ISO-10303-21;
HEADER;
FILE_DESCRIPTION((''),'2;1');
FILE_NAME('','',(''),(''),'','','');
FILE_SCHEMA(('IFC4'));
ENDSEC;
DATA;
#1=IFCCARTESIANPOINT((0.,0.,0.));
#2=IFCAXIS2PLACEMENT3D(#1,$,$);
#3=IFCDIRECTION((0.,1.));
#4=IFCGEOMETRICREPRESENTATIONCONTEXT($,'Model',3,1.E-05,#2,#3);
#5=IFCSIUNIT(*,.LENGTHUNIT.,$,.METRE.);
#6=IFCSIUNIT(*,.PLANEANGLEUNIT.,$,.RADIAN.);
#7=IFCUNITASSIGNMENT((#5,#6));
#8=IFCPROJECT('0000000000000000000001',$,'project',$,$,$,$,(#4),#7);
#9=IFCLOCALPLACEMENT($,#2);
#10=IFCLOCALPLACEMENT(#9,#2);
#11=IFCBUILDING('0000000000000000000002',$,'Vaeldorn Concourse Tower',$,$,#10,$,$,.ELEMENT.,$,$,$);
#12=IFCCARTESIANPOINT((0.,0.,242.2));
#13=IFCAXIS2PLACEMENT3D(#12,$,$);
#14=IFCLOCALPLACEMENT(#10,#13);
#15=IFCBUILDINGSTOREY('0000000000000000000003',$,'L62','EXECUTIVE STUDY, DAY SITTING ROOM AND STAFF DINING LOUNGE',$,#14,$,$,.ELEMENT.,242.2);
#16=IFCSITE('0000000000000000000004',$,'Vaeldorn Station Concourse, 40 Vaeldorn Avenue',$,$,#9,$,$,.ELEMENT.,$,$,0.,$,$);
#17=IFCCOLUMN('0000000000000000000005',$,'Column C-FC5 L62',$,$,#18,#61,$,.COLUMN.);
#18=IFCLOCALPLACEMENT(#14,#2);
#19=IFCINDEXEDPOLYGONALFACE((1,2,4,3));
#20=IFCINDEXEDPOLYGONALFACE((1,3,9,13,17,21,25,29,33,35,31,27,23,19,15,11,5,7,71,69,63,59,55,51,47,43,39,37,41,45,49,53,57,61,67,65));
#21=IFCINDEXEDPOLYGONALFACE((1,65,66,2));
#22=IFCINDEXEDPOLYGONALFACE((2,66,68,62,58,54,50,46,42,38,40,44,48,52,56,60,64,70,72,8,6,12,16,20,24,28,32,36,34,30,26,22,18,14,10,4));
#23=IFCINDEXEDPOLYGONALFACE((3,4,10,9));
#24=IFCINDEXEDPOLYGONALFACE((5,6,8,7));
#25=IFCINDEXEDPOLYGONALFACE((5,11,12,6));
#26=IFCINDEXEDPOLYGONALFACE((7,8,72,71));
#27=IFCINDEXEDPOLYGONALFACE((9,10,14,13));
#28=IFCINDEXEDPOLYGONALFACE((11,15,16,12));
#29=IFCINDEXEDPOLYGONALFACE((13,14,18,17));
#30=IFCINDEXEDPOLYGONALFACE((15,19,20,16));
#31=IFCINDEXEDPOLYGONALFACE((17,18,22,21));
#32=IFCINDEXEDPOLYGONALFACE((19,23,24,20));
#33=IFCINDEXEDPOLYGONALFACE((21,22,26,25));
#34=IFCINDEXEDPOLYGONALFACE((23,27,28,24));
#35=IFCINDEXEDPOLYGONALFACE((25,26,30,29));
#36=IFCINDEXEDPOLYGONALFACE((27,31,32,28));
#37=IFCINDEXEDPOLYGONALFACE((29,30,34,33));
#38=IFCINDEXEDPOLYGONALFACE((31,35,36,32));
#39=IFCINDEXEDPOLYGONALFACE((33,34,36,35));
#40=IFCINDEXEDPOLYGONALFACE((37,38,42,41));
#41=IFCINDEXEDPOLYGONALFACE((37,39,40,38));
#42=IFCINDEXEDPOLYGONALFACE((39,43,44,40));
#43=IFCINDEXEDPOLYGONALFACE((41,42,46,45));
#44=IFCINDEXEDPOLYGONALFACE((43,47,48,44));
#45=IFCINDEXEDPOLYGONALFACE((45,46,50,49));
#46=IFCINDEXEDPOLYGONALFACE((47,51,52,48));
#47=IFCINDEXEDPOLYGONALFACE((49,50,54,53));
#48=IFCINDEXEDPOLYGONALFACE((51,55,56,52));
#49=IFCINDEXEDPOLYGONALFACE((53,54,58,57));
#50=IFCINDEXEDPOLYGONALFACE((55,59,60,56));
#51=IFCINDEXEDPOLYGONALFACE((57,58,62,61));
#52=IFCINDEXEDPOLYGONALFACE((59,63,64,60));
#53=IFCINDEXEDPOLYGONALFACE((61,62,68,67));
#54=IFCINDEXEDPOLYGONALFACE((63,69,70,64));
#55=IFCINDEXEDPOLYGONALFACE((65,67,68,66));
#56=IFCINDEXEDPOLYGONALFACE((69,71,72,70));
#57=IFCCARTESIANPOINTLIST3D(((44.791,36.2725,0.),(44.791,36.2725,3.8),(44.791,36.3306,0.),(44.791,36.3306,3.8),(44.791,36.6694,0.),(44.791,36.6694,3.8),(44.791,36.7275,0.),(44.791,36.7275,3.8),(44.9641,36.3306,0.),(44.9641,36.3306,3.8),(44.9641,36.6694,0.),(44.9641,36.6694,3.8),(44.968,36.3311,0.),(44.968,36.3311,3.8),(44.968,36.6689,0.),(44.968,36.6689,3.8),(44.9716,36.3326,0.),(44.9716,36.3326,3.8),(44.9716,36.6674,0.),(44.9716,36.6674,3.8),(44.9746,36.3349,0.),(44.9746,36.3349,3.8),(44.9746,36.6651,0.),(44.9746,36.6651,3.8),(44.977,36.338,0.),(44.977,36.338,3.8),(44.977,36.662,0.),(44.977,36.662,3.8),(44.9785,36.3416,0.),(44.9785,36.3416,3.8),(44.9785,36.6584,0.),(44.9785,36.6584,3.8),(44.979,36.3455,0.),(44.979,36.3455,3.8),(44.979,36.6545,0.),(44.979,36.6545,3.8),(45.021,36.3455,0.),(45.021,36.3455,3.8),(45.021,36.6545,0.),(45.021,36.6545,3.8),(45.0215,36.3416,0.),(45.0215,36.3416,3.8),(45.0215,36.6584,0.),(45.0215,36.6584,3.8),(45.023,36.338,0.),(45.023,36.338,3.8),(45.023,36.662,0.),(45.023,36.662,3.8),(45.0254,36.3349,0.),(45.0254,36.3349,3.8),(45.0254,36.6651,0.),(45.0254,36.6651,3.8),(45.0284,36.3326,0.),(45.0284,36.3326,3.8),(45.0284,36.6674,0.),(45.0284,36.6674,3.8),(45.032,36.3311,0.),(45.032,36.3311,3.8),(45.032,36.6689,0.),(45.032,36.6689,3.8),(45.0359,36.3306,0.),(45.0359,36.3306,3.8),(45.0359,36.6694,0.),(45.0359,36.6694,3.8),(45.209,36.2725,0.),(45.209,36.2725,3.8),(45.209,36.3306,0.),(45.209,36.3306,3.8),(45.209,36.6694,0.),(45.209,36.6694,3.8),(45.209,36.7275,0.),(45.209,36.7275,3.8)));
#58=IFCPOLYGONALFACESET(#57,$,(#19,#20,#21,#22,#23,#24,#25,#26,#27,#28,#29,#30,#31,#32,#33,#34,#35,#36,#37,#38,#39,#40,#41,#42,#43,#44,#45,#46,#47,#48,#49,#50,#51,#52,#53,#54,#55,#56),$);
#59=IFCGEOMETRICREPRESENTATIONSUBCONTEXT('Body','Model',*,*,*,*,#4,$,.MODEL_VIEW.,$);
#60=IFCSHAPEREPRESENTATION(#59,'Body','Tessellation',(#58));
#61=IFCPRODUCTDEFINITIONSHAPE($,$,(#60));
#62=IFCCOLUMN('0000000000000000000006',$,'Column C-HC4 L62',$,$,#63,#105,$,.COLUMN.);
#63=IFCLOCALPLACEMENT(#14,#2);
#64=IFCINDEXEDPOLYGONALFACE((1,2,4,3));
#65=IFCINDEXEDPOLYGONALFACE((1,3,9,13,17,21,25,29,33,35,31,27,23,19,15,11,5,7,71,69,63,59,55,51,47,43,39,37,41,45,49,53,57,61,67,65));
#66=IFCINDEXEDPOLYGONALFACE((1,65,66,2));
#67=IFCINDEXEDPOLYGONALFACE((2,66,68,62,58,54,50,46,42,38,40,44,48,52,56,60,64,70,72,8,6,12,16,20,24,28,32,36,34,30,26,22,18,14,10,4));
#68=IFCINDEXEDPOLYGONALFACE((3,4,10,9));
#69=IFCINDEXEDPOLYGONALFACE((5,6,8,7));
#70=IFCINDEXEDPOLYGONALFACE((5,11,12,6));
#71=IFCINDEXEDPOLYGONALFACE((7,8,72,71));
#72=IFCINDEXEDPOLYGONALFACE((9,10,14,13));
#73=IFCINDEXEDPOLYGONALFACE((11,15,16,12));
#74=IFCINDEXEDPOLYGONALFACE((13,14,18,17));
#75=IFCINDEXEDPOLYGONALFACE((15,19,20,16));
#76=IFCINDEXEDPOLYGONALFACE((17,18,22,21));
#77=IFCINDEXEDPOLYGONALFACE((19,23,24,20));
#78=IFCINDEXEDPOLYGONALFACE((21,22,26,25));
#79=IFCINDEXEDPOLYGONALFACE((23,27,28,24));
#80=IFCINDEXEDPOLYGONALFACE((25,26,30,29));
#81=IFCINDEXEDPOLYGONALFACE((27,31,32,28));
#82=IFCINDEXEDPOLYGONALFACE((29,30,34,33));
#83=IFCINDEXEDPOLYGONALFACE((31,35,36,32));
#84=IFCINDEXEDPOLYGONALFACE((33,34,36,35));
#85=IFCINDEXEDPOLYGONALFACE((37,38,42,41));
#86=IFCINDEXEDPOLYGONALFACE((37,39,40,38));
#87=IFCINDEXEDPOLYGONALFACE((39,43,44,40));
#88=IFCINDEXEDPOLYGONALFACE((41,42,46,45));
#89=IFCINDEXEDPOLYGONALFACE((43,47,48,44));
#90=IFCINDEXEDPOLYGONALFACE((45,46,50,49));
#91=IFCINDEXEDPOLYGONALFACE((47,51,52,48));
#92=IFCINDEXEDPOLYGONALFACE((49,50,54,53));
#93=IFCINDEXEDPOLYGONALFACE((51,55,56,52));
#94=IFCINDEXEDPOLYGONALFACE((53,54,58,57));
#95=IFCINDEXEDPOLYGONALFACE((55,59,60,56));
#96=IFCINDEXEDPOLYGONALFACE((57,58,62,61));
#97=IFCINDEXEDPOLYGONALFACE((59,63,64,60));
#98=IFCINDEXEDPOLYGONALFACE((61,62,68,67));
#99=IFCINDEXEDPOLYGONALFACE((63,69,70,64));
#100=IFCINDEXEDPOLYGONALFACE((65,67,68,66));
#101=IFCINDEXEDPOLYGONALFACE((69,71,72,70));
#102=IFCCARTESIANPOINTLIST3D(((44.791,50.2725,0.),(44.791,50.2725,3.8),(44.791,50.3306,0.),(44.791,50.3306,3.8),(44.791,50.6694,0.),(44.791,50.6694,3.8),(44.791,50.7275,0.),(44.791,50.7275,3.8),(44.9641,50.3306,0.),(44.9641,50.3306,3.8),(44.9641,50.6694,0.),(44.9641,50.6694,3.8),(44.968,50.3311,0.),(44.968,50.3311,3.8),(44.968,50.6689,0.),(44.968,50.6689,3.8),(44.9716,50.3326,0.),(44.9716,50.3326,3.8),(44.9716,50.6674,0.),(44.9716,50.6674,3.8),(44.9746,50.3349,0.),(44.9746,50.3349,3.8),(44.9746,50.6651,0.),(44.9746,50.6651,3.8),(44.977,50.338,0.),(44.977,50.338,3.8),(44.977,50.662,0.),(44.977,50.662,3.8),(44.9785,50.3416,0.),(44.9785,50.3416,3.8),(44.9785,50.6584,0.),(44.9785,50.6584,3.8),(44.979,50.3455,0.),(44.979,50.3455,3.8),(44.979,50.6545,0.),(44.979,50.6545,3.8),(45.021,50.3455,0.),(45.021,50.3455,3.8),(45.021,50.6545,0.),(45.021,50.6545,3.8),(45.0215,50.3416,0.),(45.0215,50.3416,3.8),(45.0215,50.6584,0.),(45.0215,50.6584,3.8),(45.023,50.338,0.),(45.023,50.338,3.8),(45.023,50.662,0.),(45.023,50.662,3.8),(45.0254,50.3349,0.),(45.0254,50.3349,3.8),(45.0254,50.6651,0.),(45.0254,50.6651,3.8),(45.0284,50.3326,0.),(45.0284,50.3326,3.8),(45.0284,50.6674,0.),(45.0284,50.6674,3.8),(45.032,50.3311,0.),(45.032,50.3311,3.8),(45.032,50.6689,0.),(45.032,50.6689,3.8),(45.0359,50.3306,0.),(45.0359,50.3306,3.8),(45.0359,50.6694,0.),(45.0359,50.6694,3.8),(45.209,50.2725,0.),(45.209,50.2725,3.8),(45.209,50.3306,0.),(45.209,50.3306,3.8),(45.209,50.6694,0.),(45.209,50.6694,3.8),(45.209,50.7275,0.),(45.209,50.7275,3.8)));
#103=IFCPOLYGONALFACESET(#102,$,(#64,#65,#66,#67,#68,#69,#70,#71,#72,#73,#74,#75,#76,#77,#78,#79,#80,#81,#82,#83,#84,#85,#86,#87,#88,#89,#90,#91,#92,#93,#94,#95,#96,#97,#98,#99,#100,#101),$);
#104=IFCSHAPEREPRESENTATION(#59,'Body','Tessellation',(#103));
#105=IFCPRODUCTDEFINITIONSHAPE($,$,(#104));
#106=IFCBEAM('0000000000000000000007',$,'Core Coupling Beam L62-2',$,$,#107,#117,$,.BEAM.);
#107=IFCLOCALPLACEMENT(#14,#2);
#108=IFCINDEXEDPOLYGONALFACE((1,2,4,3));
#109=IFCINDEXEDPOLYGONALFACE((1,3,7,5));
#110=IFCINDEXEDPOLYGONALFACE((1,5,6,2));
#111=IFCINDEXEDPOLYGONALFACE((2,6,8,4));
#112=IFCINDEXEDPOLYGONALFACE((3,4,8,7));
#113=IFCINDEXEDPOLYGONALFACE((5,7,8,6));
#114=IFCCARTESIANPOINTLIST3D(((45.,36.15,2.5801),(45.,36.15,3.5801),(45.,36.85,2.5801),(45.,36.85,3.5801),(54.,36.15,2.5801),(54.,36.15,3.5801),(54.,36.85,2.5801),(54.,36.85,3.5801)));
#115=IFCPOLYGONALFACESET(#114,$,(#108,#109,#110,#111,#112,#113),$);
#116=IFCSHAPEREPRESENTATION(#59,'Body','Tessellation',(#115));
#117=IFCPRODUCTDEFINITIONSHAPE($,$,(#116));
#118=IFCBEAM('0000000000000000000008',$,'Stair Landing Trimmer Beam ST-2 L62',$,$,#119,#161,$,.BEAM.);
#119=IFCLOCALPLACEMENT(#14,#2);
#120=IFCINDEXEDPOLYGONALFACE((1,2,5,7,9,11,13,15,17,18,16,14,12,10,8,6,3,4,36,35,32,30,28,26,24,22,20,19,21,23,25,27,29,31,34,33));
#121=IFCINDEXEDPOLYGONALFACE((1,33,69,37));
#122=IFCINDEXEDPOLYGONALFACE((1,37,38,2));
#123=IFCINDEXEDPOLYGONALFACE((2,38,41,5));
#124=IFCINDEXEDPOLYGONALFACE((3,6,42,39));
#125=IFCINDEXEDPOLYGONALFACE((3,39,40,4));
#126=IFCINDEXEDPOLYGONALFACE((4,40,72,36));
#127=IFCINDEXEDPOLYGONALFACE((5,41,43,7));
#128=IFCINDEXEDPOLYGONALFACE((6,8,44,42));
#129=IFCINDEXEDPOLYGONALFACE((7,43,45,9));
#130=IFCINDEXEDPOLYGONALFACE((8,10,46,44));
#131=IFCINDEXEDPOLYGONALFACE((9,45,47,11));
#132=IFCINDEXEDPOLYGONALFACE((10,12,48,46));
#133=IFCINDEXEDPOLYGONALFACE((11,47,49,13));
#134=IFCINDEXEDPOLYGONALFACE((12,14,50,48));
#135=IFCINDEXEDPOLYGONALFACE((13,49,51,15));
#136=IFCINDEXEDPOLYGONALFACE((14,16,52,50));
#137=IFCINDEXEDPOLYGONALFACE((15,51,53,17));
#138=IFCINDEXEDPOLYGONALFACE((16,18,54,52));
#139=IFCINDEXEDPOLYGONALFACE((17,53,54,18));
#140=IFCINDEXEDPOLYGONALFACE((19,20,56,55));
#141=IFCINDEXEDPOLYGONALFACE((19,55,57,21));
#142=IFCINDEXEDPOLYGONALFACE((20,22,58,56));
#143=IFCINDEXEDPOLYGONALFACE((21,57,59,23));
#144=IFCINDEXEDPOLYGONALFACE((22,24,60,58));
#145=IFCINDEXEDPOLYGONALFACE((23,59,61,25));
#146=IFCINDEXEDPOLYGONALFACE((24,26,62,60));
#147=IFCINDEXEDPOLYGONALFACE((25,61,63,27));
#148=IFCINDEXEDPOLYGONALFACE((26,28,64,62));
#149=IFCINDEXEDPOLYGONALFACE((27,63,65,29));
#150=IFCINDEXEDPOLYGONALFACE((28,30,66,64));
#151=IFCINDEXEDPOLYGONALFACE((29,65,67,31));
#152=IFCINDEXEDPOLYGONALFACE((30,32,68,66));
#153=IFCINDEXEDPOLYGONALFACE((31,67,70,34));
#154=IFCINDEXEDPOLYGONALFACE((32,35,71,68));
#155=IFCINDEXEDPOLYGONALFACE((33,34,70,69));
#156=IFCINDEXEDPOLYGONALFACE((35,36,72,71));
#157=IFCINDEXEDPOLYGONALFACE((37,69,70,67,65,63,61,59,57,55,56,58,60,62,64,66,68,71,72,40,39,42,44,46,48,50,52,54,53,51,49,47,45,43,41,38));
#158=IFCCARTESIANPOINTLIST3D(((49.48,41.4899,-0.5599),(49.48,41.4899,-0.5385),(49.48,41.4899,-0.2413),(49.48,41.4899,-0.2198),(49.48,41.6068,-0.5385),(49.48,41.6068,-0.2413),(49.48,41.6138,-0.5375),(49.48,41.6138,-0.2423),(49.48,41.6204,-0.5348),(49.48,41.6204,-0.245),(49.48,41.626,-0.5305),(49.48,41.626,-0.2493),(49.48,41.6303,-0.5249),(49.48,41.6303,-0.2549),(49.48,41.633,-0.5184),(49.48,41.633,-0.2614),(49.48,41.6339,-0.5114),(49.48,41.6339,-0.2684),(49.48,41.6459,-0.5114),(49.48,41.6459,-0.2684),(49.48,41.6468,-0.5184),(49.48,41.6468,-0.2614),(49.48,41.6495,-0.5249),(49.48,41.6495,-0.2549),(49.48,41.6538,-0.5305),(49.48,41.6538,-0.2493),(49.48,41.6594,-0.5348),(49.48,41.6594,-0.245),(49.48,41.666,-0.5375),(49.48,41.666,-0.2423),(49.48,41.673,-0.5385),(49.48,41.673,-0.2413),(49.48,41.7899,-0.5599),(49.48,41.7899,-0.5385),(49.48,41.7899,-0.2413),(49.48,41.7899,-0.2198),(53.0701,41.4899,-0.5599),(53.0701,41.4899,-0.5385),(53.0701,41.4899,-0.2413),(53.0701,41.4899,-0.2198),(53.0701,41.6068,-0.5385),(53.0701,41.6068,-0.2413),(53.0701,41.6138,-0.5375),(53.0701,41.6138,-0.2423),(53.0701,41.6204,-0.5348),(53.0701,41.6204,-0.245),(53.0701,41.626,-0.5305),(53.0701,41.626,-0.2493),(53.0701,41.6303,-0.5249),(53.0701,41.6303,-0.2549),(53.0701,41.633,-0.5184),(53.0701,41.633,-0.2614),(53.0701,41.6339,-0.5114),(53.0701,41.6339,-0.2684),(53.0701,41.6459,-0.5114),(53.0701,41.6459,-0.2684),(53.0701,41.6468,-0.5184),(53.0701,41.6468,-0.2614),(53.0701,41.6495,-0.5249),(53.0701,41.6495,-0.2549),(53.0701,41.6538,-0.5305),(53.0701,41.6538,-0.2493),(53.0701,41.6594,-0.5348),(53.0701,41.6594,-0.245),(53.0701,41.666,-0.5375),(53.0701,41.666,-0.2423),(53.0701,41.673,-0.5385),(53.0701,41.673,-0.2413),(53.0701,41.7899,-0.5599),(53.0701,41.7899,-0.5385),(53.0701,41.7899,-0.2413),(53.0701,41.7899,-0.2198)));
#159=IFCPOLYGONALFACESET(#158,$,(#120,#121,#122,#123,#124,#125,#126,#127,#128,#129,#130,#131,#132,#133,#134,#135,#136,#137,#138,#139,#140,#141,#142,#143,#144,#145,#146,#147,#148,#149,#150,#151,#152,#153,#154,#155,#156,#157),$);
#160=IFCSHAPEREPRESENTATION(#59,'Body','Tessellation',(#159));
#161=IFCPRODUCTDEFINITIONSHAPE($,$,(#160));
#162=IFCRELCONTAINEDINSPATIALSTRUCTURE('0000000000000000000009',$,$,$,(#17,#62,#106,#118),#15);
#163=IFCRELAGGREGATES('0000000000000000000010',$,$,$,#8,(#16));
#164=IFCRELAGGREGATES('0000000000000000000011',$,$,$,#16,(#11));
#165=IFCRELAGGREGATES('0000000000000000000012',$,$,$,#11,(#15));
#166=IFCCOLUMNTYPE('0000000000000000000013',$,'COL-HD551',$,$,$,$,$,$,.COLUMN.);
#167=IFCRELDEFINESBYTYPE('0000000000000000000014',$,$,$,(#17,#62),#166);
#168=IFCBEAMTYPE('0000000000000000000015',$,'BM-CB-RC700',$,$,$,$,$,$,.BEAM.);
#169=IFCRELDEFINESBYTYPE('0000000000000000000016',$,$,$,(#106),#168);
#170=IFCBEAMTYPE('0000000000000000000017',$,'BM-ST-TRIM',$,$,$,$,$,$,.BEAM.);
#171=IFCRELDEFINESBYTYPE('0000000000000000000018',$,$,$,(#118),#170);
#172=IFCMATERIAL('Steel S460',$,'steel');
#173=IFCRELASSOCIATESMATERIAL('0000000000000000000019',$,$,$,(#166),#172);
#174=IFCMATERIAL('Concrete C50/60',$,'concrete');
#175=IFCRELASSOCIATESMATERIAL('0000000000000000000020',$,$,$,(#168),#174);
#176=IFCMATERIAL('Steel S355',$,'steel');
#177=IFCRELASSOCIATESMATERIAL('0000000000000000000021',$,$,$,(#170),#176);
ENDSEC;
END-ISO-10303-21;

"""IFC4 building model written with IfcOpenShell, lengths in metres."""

from ifc_helpers import new_model, si_unit, direction, frame, origin, origin_2d, place, context, subcontext, project, spatial, rectangle, i_section, extrude, source, transform, mapped, material, material_profile, profile_set, type_object, element, save


model = new_model("IFC4")

# Units and contexts
model_context = context("Model", 3, precision=1e-05, world=origin(), true_north=direction((0.0, 1.0)))
body_context = subcontext(model_context, "Body", "Model", "MODEL_VIEW")
ifc_project = project(units=[si_unit("LENGTHUNIT", "METRE"), si_unit("PLANEANGLEUNIT", "RADIAN")], contexts=[model_context])

# Site, building, storey
site_placement = place(None, origin())
site = spatial("IfcSite", under=ifc_project, at=site_placement, Name="Vaeldorn Station Concourse, 40 Vaeldorn Avenue", CompositionType="ELEMENT", RefElevation=0.0)
building_placement = place(site_placement, origin())
building = spatial("IfcBuilding", under=site, at=building_placement, Name="Vaeldorn Concourse Tower", CompositionType="ELEMENT")
storey_placement = place(building_placement, frame((0.0, 0.0, 242.2)))
storey = spatial("IfcBuildingStorey", under=building, at=storey_placement, Name="L62", Description="EXECUTIVE STUDY, DAY SITTING ROOM AND STAFF DINING LOUNGE", CompositionType="ELEMENT", Elevation=242.2)

# Columns
ifc_material_1 = material(Name="Steel S460", Category="steel")
ifc_material_profile_1 = material_profile(ifc_material_1, i_section(OverallWidth=0.418, OverallDepth=0.4551, WebThickness=0.042, FlangeThickness=0.0581, FilletRadius=0.0149, at=origin_2d()), Name="HD 400x551")
ifc_profile_set_1 = profile_set([ifc_material_profile_1], Name="Steel S460")
column_type = type_object("IfcColumnType", Name="COL-HD551", PredefinedType="COLUMN", material=ifc_profile_set_1)
shared_shape_1 = source(origin(), body_context, "Body", "SweptSolid", [
    extrude(i_section(OverallWidth=0.418, OverallDepth=0.4551, WebThickness=0.042, FlangeThickness=0.0581, FilletRadius=0.0149, at=origin_2d()), origin(), (0.0, 0.0, 1.0), 3.8),
])
for number, where, z_axis, x_axis, name in (
    (1, (45.0, 36.5, 0.0), (0.0, 0.0, 1.0), (1.0, 0.0, 0.0), "Column C-FC5 L62"),
    (2, (45.0, 50.5, 0.0), (0.0, 0.0, 1.0), (1.0, 0.0, 0.0), "Column C-HC4 L62"),
):
    element("IfcColumn", number, at=place(storey_placement, frame(where, z_axis=z_axis, x_axis=x_axis)), inside=storey, type_object=column_type, Name=name, PredefinedType="COLUMN", context=body_context, shape_type="MappedRepresentation", body=[
        mapped(shared_shape_1, transform((0.0, 0.0, 0.0), scale=1.0)),
    ])

# Beams
ifc_material_2 = material(Name="Concrete C50/60", Category="concrete")
ifc_material_profile_2 = material_profile(ifc_material_2, rectangle(XDim=0.7, YDim=1.0, at=origin_2d()), Name="RC 700x1000")
ifc_profile_set_2 = profile_set([ifc_material_profile_2], Name="Concrete C50/60")
beam_type_1 = type_object("IfcBeamType", Name="BM-CB-RC700", PredefinedType="BEAM", material=ifc_profile_set_2)
shared_shape_2 = source(origin(), body_context, "Body", "SweptSolid", [
    extrude(rectangle(XDim=0.7, YDim=1.0, at=origin_2d()), origin(), (0.0, 0.0, 1.0), 9.0),
])
beam_1_placement = place(storey_placement, frame((45.0, 36.5, 3.0801), z_axis=(1.0, 0.0, 0.0), x_axis=(0.0, 1.0, 0.0)))
element("IfcBeam", 3, at=beam_1_placement, inside=storey, type_object=beam_type_1, Name="Core Coupling Beam L62-2", PredefinedType="BEAM", context=body_context, shape_type="MappedRepresentation", body=[
    mapped(shared_shape_2, transform((0.0, 0.0, 0.0), scale=1.0)),
])
ifc_material_3 = material(Name="Steel S355", Category="steel")
ifc_material_profile_3 = material_profile(ifc_material_3, i_section(OverallWidth=0.3, OverallDepth=0.3401, WebThickness=0.012, FlangeThickness=0.0215, FilletRadius=0.0271, at=origin_2d()), Name="HEB 340")
ifc_profile_set_3 = profile_set([ifc_material_profile_3], Name="Steel S355")
beam_type_2 = type_object("IfcBeamType", Name="BM-ST-TRIM", PredefinedType="BEAM", material=ifc_profile_set_3)
shared_shape_3 = source(origin(), body_context, "Body", "SweptSolid", [
    extrude(i_section(OverallWidth=0.3, OverallDepth=0.3401, WebThickness=0.012, FlangeThickness=0.0215, FilletRadius=0.0271, at=origin_2d()), origin(), (0.0, 0.0, 1.0), 3.5901),
])
beam_2_placement = place(storey_placement, frame((49.48, 41.6399, -0.3899), z_axis=(1.0, 0.0, 0.0), x_axis=(0.0, 1.0, 0.0)))
element("IfcBeam", 4, at=beam_2_placement, inside=storey, type_object=beam_type_2, Name="Stair Landing Trimmer Beam ST-2 L62", PredefinedType="BEAM", context=body_context, shape_type="MappedRepresentation", body=[
    mapped(shared_shape_3, transform((0.0, 0.0, 0.0), scale=1.0)),
])

save(model, "model.ifc")
